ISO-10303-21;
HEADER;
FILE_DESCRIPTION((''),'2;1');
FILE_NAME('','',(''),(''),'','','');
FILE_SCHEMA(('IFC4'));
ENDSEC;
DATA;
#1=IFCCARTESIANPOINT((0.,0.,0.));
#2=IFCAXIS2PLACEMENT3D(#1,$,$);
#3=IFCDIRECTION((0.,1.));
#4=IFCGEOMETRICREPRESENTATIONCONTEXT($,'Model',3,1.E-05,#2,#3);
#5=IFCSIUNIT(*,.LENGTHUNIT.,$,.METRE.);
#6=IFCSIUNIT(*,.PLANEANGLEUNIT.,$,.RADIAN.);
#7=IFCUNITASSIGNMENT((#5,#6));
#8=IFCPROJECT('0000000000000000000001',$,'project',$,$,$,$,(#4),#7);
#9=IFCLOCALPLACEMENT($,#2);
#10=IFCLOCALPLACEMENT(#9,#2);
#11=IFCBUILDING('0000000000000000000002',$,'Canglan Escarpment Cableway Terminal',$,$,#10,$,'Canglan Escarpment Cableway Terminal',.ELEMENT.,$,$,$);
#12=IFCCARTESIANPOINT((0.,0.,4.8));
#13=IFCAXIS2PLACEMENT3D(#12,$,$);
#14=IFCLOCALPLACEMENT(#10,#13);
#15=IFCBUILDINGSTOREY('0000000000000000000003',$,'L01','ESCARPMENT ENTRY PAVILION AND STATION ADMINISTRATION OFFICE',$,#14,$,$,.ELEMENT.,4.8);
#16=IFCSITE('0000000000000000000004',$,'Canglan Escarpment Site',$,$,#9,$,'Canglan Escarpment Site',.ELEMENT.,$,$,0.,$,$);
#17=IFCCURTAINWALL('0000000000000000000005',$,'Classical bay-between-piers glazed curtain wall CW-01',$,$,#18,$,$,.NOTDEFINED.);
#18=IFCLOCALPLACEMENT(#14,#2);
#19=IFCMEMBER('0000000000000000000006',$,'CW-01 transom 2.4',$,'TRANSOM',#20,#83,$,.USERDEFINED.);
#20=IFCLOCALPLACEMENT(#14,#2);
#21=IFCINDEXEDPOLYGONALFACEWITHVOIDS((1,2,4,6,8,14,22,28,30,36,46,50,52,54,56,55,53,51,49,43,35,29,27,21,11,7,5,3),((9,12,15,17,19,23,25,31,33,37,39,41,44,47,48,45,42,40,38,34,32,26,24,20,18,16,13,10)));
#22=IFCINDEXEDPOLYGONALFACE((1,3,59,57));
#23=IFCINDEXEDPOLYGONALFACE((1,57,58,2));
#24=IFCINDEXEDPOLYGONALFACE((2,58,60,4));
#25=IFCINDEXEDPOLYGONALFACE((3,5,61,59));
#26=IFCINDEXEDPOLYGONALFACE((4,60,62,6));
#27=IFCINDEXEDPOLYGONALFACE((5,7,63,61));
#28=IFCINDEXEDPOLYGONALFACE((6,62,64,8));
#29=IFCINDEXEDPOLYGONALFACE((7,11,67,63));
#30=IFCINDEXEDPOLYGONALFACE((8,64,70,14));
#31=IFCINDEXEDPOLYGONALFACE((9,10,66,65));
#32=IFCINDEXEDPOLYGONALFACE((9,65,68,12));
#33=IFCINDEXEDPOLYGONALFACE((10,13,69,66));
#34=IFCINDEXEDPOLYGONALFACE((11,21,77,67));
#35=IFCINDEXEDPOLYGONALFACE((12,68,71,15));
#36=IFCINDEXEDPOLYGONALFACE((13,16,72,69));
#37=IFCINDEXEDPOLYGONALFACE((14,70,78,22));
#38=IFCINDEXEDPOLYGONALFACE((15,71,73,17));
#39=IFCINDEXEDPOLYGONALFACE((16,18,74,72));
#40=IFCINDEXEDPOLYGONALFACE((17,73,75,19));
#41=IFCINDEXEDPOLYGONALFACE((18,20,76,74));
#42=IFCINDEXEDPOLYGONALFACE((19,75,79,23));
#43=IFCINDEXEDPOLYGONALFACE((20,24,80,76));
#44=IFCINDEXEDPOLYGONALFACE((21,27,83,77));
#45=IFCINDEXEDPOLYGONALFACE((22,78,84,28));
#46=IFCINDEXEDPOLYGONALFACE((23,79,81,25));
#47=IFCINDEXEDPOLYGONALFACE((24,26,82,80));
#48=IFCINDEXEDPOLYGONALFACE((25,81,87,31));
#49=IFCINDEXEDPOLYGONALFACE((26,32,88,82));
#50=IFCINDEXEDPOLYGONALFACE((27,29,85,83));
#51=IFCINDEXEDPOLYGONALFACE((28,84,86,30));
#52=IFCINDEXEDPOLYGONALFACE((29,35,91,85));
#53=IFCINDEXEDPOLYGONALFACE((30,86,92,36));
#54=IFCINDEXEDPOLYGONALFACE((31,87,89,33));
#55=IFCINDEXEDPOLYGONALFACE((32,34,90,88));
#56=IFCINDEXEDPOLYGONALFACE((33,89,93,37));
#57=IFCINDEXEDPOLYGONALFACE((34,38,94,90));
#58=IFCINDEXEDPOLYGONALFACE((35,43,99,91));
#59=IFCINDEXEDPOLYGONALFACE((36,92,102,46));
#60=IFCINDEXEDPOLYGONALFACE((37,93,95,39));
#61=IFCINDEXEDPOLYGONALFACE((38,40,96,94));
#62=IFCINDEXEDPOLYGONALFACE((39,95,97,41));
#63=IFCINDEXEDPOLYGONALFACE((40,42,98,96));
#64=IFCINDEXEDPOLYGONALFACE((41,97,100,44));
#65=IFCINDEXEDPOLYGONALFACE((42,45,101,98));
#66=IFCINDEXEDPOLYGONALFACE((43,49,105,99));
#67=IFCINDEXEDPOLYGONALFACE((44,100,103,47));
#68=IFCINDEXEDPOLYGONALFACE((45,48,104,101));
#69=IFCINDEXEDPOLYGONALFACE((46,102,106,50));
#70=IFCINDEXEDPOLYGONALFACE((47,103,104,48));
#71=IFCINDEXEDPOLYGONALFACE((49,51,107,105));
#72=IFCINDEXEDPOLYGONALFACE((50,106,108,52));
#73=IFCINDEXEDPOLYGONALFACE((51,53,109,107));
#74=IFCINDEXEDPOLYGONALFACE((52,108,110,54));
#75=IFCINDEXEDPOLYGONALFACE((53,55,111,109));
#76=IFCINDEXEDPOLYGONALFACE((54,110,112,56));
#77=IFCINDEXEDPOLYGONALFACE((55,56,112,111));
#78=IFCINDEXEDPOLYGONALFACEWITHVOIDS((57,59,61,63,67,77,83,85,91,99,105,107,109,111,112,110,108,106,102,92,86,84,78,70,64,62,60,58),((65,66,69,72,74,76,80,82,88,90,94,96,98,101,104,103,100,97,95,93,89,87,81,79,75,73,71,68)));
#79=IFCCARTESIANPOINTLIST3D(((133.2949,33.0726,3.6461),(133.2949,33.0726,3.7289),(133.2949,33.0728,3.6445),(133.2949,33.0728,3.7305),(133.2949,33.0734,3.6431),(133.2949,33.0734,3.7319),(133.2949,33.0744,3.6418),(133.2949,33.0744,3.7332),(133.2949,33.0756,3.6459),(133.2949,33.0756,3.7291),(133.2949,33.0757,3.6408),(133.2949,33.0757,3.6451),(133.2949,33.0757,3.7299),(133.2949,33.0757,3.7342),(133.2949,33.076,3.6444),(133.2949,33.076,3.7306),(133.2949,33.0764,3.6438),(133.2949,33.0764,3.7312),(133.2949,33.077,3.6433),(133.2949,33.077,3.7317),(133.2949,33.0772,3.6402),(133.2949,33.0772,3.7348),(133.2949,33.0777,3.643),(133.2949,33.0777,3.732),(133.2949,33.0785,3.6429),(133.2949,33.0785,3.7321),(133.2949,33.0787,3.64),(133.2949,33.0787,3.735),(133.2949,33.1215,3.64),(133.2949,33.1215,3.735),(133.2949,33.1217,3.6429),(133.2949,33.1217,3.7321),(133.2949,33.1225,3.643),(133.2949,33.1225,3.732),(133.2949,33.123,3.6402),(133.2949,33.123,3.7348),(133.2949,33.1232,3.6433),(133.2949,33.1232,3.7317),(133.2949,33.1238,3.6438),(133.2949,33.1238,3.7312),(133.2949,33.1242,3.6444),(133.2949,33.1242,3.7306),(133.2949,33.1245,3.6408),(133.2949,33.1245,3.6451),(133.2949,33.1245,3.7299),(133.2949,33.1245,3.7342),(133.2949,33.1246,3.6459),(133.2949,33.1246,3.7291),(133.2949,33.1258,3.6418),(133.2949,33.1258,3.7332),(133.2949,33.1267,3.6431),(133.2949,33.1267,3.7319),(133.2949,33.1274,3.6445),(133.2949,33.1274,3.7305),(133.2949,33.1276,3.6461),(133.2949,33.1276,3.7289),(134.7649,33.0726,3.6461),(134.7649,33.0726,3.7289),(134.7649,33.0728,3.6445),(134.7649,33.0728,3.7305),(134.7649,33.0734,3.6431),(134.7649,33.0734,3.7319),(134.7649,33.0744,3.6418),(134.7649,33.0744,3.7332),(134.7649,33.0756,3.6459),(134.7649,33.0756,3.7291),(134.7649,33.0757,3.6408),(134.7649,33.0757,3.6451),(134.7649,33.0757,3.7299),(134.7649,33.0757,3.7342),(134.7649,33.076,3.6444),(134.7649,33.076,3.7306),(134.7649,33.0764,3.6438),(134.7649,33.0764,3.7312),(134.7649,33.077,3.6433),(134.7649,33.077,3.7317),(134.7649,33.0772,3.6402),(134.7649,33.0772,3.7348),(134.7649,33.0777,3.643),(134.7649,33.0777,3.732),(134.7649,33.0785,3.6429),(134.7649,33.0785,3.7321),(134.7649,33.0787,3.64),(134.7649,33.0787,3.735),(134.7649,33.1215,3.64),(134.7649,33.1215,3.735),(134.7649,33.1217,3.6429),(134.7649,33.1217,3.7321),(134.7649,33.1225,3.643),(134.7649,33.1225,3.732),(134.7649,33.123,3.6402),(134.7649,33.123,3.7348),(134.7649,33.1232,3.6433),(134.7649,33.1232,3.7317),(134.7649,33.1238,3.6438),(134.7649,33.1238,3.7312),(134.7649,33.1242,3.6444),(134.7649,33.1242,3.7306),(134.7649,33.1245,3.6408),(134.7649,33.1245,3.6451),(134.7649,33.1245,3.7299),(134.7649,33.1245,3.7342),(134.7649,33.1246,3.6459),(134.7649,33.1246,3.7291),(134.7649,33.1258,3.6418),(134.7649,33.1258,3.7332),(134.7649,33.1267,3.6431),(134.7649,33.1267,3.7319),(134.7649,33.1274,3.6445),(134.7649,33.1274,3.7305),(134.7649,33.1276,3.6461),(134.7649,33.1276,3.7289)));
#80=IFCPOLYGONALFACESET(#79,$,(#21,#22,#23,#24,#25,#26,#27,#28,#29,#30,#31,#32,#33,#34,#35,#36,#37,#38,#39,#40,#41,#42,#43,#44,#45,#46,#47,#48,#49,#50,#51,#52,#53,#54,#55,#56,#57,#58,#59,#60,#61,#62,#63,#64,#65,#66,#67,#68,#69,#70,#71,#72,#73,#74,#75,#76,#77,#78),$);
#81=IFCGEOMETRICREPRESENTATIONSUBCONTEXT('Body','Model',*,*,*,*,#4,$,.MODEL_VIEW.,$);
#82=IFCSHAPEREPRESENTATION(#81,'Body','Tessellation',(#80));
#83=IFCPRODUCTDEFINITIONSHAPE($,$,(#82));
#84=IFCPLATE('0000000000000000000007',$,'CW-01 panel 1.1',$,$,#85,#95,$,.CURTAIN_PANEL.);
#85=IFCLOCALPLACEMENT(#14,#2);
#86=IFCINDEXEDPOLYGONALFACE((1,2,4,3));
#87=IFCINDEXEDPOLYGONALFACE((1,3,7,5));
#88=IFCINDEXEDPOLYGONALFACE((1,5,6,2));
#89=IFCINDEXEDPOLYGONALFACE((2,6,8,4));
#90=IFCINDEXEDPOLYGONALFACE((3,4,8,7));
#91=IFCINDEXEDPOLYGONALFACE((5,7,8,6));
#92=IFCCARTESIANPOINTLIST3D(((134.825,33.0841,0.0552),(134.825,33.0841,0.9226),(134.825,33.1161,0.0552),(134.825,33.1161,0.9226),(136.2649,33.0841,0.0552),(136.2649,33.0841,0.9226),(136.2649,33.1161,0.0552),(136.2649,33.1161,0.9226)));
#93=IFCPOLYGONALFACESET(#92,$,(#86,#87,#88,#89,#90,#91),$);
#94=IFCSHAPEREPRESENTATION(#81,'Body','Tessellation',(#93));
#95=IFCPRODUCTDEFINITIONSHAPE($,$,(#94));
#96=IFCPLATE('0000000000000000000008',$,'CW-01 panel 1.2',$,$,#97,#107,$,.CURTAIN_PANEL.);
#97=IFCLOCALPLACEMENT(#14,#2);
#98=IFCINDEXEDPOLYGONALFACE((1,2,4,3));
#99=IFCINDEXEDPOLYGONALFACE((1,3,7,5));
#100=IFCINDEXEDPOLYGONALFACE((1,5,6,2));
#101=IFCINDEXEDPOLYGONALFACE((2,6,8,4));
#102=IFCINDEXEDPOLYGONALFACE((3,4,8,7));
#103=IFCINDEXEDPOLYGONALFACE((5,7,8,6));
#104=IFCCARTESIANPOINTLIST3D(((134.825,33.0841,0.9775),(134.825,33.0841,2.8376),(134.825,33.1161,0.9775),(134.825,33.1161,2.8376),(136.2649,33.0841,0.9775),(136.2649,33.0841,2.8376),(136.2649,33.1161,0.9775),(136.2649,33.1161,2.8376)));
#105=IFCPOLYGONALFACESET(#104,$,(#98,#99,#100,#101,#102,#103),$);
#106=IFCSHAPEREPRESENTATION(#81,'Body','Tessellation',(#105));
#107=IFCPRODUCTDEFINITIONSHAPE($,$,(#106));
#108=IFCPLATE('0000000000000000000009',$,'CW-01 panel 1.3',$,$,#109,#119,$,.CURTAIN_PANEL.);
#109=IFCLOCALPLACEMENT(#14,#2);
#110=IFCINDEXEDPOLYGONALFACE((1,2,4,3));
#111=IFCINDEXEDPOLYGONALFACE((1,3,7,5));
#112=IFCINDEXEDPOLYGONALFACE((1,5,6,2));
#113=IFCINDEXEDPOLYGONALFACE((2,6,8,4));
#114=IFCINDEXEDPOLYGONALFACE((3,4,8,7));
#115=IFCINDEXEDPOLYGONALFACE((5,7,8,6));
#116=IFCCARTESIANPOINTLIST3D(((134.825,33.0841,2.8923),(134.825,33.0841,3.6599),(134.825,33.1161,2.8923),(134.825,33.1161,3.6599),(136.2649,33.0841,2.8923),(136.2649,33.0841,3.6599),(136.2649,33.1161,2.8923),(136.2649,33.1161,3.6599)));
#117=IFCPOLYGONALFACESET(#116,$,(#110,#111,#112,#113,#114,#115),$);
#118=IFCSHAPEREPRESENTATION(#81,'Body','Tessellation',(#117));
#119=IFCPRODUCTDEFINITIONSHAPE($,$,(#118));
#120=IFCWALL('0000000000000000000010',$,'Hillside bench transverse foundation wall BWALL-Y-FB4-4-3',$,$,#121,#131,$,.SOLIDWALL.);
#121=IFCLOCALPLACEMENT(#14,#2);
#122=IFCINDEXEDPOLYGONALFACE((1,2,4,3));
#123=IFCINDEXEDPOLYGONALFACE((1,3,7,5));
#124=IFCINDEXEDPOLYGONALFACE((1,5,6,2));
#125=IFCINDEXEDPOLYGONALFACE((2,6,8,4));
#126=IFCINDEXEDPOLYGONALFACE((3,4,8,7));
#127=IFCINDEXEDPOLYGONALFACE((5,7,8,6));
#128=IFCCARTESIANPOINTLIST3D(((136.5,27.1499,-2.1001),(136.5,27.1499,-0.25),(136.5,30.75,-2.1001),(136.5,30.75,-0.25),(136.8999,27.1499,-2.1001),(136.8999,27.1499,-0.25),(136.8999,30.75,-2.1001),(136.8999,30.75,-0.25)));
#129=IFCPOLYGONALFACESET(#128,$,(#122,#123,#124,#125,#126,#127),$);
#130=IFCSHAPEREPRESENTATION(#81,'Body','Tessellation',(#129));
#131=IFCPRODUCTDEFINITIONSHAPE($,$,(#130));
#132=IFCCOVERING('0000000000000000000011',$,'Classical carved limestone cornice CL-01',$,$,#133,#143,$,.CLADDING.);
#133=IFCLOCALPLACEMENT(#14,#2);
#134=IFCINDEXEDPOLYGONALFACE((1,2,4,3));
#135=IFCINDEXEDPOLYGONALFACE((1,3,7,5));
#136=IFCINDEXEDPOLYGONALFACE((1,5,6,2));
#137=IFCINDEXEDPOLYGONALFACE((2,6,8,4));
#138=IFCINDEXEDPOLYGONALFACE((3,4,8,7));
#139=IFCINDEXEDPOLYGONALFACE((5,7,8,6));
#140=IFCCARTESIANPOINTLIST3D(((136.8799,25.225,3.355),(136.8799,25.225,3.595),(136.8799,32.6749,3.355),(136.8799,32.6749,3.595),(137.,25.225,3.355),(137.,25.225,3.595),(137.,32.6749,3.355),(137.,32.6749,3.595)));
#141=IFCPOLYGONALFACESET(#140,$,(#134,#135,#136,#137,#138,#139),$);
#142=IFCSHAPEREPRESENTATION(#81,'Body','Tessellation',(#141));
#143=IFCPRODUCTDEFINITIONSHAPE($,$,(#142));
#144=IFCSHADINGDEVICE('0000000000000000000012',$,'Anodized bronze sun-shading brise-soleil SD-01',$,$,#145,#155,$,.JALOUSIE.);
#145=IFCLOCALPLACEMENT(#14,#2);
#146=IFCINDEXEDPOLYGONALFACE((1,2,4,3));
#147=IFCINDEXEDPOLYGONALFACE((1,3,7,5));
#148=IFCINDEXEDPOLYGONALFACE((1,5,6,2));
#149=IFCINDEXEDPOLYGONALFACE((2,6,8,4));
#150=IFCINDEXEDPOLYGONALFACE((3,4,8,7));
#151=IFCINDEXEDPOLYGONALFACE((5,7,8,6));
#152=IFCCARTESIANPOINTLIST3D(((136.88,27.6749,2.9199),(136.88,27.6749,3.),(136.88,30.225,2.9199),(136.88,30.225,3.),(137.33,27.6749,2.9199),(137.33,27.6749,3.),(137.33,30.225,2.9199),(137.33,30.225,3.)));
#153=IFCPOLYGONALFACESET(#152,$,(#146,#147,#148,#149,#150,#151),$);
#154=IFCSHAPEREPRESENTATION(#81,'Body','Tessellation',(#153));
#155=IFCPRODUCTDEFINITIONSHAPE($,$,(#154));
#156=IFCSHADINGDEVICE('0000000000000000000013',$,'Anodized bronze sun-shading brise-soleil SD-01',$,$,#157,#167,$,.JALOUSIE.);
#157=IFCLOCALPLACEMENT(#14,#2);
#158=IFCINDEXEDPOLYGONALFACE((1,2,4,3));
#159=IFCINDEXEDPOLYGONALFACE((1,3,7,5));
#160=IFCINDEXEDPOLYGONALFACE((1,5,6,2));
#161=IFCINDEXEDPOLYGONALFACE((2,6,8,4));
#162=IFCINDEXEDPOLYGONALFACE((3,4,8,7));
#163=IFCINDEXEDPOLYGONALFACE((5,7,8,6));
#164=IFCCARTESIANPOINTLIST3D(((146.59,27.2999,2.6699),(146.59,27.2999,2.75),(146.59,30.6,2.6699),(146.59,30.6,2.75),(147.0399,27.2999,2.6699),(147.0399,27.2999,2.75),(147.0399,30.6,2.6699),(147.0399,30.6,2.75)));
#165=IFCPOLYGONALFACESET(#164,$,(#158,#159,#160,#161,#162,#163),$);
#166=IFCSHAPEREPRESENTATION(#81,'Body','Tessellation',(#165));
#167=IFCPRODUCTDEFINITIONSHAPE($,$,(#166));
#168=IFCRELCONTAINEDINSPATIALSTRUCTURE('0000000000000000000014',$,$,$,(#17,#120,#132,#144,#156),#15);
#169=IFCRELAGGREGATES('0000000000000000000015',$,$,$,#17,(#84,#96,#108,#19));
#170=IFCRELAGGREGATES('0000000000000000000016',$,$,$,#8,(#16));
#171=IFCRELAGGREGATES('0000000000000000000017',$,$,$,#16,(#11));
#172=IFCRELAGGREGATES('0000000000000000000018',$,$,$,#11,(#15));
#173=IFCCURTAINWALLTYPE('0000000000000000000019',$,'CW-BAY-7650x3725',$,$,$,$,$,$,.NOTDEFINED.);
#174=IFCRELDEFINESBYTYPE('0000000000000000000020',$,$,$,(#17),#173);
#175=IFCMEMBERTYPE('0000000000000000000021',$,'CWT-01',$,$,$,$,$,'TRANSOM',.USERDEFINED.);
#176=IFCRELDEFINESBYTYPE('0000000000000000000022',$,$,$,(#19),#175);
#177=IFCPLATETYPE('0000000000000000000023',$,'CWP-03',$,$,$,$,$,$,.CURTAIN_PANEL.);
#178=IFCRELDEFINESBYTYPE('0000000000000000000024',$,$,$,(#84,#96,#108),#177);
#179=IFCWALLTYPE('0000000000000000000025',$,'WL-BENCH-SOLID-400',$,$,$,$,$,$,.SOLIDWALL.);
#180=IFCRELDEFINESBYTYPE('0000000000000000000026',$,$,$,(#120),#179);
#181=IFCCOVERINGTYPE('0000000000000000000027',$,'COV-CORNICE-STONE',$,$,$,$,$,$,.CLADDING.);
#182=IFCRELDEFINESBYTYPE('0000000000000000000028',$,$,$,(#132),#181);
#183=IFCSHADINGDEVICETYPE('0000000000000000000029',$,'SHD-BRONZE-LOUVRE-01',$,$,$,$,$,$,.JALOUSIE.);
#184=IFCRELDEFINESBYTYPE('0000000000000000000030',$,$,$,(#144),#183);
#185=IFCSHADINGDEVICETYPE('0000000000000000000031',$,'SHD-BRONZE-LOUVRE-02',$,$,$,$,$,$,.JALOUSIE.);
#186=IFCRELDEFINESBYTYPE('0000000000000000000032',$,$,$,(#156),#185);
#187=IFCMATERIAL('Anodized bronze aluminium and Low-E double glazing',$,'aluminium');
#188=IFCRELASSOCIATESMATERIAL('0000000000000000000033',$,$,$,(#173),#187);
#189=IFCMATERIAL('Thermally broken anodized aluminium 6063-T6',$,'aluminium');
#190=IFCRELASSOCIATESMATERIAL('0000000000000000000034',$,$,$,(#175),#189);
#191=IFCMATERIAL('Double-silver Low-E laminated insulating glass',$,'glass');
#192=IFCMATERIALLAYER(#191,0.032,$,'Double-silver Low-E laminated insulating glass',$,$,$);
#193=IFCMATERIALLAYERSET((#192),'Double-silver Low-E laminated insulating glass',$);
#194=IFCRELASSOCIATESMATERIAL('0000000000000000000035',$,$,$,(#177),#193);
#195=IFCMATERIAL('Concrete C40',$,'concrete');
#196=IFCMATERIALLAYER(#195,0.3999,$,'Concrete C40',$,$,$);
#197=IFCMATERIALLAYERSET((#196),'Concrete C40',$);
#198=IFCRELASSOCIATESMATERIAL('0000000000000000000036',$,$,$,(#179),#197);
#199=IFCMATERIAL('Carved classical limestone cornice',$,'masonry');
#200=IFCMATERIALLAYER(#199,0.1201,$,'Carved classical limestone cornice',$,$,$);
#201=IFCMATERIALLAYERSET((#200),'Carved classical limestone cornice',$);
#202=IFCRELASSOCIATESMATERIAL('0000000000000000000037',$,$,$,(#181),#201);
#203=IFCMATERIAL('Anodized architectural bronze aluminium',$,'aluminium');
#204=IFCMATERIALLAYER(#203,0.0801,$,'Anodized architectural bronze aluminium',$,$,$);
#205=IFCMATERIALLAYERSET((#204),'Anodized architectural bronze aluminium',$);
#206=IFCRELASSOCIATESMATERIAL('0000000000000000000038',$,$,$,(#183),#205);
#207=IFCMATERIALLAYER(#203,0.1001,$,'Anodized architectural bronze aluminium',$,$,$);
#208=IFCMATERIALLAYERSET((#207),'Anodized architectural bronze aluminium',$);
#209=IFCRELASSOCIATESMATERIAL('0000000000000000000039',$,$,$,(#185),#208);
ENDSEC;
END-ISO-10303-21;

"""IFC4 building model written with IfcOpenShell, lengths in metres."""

from ifc_helpers import new_model, si_unit, direction, frame, frame_2d, origin, origin_2d, place, context, subcontext, project, spatial, rectangle, hollow_rectangle, extrude, material, layer, layer_set, material_profile, profile_set, type_object, element, aggregate, save


model = new_model("IFC4")

# Units and contexts
model_context = context("Model", 3, precision=1e-05, world=origin(), true_north=direction((0.0, 1.0)))
body_context = subcontext(model_context, "Body", "Model", "MODEL_VIEW")
ifc_project = project(units=[si_unit("LENGTHUNIT", "METRE"), si_unit("PLANEANGLEUNIT", "RADIAN")], contexts=[model_context])

# Site, building, storey
site_placement = place(None, origin())
site = spatial("IfcSite", under=ifc_project, at=site_placement, Name="Canglan Escarpment Site", LongName="Canglan Escarpment Site", CompositionType="ELEMENT", RefElevation=0.0)
building_placement = place(site_placement, origin())
building = spatial("IfcBuilding", under=site, at=building_placement, Name="Canglan Escarpment Cableway Terminal", LongName="Canglan Escarpment Cableway Terminal", CompositionType="ELEMENT")
storey_placement = place(building_placement, frame((0.0, 0.0, 4.8)))
storey = spatial("IfcBuildingStorey", under=building, at=storey_placement, Name="L01", Description="ESCARPMENT ENTRY PAVILION AND STATION ADMINISTRATION OFFICE", CompositionType="ELEMENT", Elevation=4.8)

# Shared definitions
ifc_material_1 = material(Name="Concrete C40", Category="concrete")

# Curtain wall, member, plates
ifc_material_2 = material(Name="Anodized bronze aluminium and Low-E double glazing", Category="aluminium")
curtain_wall_type = type_object("IfcCurtainWallType", Name="CW-BAY-7650x3725", PredefinedType="NOTDEFINED", material=ifc_material_2)
curtain_wall_placement = place(storey_placement, origin())
curtain_wall = element("IfcCurtainWall", 1, at=curtain_wall_placement, inside=storey, type_object=curtain_wall_type, Name="Classical bay-between-piers glazed curtain wall CW-01", PredefinedType="NOTDEFINED")
ifc_material_3 = material(Name="Thermally broken anodized aluminium 6063-T6", Category="aluminium")
ifc_material_profile_1 = material_profile(ifc_material_3, hollow_rectangle(XDim=0.0549, YDim=0.095, WallThickness=0.0029, InnerFilletRadius=0.0029, OuterFilletRadius=0.0061, at=origin_2d()), Name="ALU-TRAN 55x95x3")
ifc_profile_set_1 = profile_set([ifc_material_profile_1], Name="Thermally broken anodized aluminium 6063-T6")
member_type_1 = type_object("IfcMemberType", Name="CWT-01", ElementType="TRANSOM", PredefinedType="USERDEFINED", material=ifc_profile_set_1)
member_1_placement = place(storey_placement, frame((134.7649, 33.1001, 3.6875), z_axis=(-1.0, 0.0, 0.0), x_axis=(0.0, -1.0, 0.0)))
member_1 = element("IfcMember", 2, at=member_1_placement, type_object=member_type_1, Name="CW-01 transom 2.4", ObjectType="TRANSOM", PredefinedType="USERDEFINED", context=body_context, shape_type="SweptSolid", body=[
    extrude(hollow_rectangle(XDim=0.0549, YDim=0.095, WallThickness=0.0029, InnerFilletRadius=0.0029, OuterFilletRadius=0.0061, at=origin_2d()), origin(), (0.0, 0.0, 1.0), 1.47),
])
ifc_material_4 = material(Name="Double-silver Low-E laminated insulating glass", Category="glass")
ifc_layer_1 = layer(ifc_material_4, 0.032, Name="Double-silver Low-E laminated insulating glass")
ifc_layer_set_1 = layer_set([ifc_layer_1], Name="Double-silver Low-E laminated insulating glass")
plate_type = type_object("IfcPlateType", Name="CWP-03", PredefinedType="CURTAIN_PANEL", material=ifc_layer_set_1)
plate_1_placement = place(storey_placement, frame((135.5449, 33.1001, 0.0552), z_axis=(0.0, 0.0, 1.0), x_axis=(-1.0, 0.0, 0.0)))
plate_1 = element("IfcPlate", 3, at=plate_1_placement, type_object=plate_type, Name="CW-01 panel 1.1", PredefinedType="CURTAIN_PANEL", context=body_context, shape_type="SweptSolid", body=[
    extrude(rectangle(XDim=1.4399, YDim=0.032, at=origin_2d()), origin(), (0.0, 0.0, 1.0), 0.8674),
])
plate_2_placement = place(storey_placement, frame((135.5449, 33.1001, 0.9775), z_axis=(0.0, 0.0, 1.0), x_axis=(-1.0, 0.0, 0.0)))
plate_2 = element("IfcPlate", 4, at=plate_2_placement, type_object=plate_type, Name="CW-01 panel 1.2", PredefinedType="CURTAIN_PANEL", context=body_context, shape_type="SweptSolid", body=[
    extrude(rectangle(XDim=1.4399, YDim=0.032, at=origin_2d()), origin(), (0.0, 0.0, 1.0), 1.8601),
])
plate_3_placement = place(storey_placement, frame((135.5449, 33.1001, 2.8923), z_axis=(0.0, 0.0, 1.0), x_axis=(-1.0, 0.0, 0.0)))
plate_3 = element("IfcPlate", 5, at=plate_3_placement, type_object=plate_type, Name="CW-01 panel 1.3", PredefinedType="CURTAIN_PANEL", context=body_context, shape_type="SweptSolid", body=[
    extrude(rectangle(XDim=1.4399, YDim=0.032, at=origin_2d()), origin(), (0.0, 0.0, 1.0), 0.7676),
])
aggregate(curtain_wall, [plate_1, plate_2, plate_3, member_1])

# Wall
ifc_layer_2 = layer(ifc_material_1, 0.3999, Name="Concrete C40")
ifc_layer_set_2 = layer_set([ifc_layer_2], Name="Concrete C40")
wall_type = type_object("IfcWallType", Name="WL-BENCH-SOLID-400", PredefinedType="SOLIDWALL", material=ifc_layer_set_2)
wall_placement = place(storey_placement, frame((136.7, 27.1499, -2.1001), z_axis=(0.0, 0.0, 1.0), x_axis=(0.0, 1.0, 0.0)))
element("IfcWall", 6, at=wall_placement, inside=storey, type_object=wall_type, Name="Hillside bench transverse foundation wall BWALL-Y-FB4-4-3", PredefinedType="SOLIDWALL", context=body_context, shape_type="SweptSolid", body=[
    extrude(rectangle(XDim=3.6001, YDim=0.3999, at=frame_2d((1.8, 0.0))), origin(), (0.0, 0.0, 1.0), 1.8501),
])

# Covering
ifc_material_5 = material(Name="Carved classical limestone cornice", Category="masonry")
ifc_layer_3 = layer(ifc_material_5, 0.1201, Name="Carved classical limestone cornice")
ifc_layer_set_3 = layer_set([ifc_layer_3], Name="Carved classical limestone cornice")
covering_type = type_object("IfcCoveringType", Name="COV-CORNICE-STONE", PredefinedType="CLADDING", material=ifc_layer_set_3)
covering_placement = place(storey_placement, frame((136.9399, 28.95, 3.355), z_axis=(0.0, 0.0, 1.0), x_axis=(0.0, 1.0, 0.0)))
element("IfcCovering", 7, at=covering_placement, inside=storey, type_object=covering_type, Name="Classical carved limestone cornice CL-01", PredefinedType="CLADDING", context=body_context, shape_type="SweptSolid", body=[
    extrude(rectangle(XDim=7.45, YDim=0.1201, at=origin_2d()), origin(), (0.0, 0.0, 1.0), 0.24),
])

# Shading devices
ifc_material_6 = material(Name="Anodized architectural bronze aluminium", Category="aluminium")
ifc_layer_4 = layer(ifc_material_6, 0.0801, Name="Anodized architectural bronze aluminium")
ifc_layer_set_4 = layer_set([ifc_layer_4], Name="Anodized architectural bronze aluminium")
shading_device_type_1 = type_object("IfcShadingDeviceType", Name="SHD-BRONZE-LOUVRE-01", PredefinedType="JALOUSIE", material=ifc_layer_set_4)
shading_device_1_placement = place(storey_placement, frame((137.105, 28.95, 2.9199), z_axis=(0.0, 0.0, 1.0), x_axis=(0.0, 1.0, 0.0)))
element("IfcShadingDevice", 8, at=shading_device_1_placement, inside=storey, type_object=shading_device_type_1, Name="Anodized bronze sun-shading brise-soleil SD-01", PredefinedType="JALOUSIE", context=body_context, shape_type="SweptSolid", body=[
    extrude(rectangle(XDim=2.55, YDim=0.45, at=origin_2d()), origin(), (0.0, 0.0, 1.0), 0.0801),
])
ifc_layer_5 = layer(ifc_material_6, 0.1001, Name="Anodized architectural bronze aluminium")
ifc_layer_set_5 = layer_set([ifc_layer_5], Name="Anodized architectural bronze aluminium")
shading_device_type_2 = type_object("IfcShadingDeviceType", Name="SHD-BRONZE-LOUVRE-02", PredefinedType="JALOUSIE", material=ifc_layer_set_5)
shading_device_2_placement = place(storey_placement, frame((146.8149, 28.95, 2.6699), z_axis=(0.0, 0.0, 1.0), x_axis=(0.0, -1.0, 0.0)))
element("IfcShadingDevice", 9, at=shading_device_2_placement, inside=storey, type_object=shading_device_type_2, Name="Anodized bronze sun-shading brise-soleil SD-01", PredefinedType="JALOUSIE", context=body_context, shape_type="SweptSolid", body=[
    extrude(rectangle(XDim=3.3, YDim=0.45, at=origin_2d()), origin(), (0.0, 0.0, 1.0), 0.0801),
])

save(model, "model.ifc")
